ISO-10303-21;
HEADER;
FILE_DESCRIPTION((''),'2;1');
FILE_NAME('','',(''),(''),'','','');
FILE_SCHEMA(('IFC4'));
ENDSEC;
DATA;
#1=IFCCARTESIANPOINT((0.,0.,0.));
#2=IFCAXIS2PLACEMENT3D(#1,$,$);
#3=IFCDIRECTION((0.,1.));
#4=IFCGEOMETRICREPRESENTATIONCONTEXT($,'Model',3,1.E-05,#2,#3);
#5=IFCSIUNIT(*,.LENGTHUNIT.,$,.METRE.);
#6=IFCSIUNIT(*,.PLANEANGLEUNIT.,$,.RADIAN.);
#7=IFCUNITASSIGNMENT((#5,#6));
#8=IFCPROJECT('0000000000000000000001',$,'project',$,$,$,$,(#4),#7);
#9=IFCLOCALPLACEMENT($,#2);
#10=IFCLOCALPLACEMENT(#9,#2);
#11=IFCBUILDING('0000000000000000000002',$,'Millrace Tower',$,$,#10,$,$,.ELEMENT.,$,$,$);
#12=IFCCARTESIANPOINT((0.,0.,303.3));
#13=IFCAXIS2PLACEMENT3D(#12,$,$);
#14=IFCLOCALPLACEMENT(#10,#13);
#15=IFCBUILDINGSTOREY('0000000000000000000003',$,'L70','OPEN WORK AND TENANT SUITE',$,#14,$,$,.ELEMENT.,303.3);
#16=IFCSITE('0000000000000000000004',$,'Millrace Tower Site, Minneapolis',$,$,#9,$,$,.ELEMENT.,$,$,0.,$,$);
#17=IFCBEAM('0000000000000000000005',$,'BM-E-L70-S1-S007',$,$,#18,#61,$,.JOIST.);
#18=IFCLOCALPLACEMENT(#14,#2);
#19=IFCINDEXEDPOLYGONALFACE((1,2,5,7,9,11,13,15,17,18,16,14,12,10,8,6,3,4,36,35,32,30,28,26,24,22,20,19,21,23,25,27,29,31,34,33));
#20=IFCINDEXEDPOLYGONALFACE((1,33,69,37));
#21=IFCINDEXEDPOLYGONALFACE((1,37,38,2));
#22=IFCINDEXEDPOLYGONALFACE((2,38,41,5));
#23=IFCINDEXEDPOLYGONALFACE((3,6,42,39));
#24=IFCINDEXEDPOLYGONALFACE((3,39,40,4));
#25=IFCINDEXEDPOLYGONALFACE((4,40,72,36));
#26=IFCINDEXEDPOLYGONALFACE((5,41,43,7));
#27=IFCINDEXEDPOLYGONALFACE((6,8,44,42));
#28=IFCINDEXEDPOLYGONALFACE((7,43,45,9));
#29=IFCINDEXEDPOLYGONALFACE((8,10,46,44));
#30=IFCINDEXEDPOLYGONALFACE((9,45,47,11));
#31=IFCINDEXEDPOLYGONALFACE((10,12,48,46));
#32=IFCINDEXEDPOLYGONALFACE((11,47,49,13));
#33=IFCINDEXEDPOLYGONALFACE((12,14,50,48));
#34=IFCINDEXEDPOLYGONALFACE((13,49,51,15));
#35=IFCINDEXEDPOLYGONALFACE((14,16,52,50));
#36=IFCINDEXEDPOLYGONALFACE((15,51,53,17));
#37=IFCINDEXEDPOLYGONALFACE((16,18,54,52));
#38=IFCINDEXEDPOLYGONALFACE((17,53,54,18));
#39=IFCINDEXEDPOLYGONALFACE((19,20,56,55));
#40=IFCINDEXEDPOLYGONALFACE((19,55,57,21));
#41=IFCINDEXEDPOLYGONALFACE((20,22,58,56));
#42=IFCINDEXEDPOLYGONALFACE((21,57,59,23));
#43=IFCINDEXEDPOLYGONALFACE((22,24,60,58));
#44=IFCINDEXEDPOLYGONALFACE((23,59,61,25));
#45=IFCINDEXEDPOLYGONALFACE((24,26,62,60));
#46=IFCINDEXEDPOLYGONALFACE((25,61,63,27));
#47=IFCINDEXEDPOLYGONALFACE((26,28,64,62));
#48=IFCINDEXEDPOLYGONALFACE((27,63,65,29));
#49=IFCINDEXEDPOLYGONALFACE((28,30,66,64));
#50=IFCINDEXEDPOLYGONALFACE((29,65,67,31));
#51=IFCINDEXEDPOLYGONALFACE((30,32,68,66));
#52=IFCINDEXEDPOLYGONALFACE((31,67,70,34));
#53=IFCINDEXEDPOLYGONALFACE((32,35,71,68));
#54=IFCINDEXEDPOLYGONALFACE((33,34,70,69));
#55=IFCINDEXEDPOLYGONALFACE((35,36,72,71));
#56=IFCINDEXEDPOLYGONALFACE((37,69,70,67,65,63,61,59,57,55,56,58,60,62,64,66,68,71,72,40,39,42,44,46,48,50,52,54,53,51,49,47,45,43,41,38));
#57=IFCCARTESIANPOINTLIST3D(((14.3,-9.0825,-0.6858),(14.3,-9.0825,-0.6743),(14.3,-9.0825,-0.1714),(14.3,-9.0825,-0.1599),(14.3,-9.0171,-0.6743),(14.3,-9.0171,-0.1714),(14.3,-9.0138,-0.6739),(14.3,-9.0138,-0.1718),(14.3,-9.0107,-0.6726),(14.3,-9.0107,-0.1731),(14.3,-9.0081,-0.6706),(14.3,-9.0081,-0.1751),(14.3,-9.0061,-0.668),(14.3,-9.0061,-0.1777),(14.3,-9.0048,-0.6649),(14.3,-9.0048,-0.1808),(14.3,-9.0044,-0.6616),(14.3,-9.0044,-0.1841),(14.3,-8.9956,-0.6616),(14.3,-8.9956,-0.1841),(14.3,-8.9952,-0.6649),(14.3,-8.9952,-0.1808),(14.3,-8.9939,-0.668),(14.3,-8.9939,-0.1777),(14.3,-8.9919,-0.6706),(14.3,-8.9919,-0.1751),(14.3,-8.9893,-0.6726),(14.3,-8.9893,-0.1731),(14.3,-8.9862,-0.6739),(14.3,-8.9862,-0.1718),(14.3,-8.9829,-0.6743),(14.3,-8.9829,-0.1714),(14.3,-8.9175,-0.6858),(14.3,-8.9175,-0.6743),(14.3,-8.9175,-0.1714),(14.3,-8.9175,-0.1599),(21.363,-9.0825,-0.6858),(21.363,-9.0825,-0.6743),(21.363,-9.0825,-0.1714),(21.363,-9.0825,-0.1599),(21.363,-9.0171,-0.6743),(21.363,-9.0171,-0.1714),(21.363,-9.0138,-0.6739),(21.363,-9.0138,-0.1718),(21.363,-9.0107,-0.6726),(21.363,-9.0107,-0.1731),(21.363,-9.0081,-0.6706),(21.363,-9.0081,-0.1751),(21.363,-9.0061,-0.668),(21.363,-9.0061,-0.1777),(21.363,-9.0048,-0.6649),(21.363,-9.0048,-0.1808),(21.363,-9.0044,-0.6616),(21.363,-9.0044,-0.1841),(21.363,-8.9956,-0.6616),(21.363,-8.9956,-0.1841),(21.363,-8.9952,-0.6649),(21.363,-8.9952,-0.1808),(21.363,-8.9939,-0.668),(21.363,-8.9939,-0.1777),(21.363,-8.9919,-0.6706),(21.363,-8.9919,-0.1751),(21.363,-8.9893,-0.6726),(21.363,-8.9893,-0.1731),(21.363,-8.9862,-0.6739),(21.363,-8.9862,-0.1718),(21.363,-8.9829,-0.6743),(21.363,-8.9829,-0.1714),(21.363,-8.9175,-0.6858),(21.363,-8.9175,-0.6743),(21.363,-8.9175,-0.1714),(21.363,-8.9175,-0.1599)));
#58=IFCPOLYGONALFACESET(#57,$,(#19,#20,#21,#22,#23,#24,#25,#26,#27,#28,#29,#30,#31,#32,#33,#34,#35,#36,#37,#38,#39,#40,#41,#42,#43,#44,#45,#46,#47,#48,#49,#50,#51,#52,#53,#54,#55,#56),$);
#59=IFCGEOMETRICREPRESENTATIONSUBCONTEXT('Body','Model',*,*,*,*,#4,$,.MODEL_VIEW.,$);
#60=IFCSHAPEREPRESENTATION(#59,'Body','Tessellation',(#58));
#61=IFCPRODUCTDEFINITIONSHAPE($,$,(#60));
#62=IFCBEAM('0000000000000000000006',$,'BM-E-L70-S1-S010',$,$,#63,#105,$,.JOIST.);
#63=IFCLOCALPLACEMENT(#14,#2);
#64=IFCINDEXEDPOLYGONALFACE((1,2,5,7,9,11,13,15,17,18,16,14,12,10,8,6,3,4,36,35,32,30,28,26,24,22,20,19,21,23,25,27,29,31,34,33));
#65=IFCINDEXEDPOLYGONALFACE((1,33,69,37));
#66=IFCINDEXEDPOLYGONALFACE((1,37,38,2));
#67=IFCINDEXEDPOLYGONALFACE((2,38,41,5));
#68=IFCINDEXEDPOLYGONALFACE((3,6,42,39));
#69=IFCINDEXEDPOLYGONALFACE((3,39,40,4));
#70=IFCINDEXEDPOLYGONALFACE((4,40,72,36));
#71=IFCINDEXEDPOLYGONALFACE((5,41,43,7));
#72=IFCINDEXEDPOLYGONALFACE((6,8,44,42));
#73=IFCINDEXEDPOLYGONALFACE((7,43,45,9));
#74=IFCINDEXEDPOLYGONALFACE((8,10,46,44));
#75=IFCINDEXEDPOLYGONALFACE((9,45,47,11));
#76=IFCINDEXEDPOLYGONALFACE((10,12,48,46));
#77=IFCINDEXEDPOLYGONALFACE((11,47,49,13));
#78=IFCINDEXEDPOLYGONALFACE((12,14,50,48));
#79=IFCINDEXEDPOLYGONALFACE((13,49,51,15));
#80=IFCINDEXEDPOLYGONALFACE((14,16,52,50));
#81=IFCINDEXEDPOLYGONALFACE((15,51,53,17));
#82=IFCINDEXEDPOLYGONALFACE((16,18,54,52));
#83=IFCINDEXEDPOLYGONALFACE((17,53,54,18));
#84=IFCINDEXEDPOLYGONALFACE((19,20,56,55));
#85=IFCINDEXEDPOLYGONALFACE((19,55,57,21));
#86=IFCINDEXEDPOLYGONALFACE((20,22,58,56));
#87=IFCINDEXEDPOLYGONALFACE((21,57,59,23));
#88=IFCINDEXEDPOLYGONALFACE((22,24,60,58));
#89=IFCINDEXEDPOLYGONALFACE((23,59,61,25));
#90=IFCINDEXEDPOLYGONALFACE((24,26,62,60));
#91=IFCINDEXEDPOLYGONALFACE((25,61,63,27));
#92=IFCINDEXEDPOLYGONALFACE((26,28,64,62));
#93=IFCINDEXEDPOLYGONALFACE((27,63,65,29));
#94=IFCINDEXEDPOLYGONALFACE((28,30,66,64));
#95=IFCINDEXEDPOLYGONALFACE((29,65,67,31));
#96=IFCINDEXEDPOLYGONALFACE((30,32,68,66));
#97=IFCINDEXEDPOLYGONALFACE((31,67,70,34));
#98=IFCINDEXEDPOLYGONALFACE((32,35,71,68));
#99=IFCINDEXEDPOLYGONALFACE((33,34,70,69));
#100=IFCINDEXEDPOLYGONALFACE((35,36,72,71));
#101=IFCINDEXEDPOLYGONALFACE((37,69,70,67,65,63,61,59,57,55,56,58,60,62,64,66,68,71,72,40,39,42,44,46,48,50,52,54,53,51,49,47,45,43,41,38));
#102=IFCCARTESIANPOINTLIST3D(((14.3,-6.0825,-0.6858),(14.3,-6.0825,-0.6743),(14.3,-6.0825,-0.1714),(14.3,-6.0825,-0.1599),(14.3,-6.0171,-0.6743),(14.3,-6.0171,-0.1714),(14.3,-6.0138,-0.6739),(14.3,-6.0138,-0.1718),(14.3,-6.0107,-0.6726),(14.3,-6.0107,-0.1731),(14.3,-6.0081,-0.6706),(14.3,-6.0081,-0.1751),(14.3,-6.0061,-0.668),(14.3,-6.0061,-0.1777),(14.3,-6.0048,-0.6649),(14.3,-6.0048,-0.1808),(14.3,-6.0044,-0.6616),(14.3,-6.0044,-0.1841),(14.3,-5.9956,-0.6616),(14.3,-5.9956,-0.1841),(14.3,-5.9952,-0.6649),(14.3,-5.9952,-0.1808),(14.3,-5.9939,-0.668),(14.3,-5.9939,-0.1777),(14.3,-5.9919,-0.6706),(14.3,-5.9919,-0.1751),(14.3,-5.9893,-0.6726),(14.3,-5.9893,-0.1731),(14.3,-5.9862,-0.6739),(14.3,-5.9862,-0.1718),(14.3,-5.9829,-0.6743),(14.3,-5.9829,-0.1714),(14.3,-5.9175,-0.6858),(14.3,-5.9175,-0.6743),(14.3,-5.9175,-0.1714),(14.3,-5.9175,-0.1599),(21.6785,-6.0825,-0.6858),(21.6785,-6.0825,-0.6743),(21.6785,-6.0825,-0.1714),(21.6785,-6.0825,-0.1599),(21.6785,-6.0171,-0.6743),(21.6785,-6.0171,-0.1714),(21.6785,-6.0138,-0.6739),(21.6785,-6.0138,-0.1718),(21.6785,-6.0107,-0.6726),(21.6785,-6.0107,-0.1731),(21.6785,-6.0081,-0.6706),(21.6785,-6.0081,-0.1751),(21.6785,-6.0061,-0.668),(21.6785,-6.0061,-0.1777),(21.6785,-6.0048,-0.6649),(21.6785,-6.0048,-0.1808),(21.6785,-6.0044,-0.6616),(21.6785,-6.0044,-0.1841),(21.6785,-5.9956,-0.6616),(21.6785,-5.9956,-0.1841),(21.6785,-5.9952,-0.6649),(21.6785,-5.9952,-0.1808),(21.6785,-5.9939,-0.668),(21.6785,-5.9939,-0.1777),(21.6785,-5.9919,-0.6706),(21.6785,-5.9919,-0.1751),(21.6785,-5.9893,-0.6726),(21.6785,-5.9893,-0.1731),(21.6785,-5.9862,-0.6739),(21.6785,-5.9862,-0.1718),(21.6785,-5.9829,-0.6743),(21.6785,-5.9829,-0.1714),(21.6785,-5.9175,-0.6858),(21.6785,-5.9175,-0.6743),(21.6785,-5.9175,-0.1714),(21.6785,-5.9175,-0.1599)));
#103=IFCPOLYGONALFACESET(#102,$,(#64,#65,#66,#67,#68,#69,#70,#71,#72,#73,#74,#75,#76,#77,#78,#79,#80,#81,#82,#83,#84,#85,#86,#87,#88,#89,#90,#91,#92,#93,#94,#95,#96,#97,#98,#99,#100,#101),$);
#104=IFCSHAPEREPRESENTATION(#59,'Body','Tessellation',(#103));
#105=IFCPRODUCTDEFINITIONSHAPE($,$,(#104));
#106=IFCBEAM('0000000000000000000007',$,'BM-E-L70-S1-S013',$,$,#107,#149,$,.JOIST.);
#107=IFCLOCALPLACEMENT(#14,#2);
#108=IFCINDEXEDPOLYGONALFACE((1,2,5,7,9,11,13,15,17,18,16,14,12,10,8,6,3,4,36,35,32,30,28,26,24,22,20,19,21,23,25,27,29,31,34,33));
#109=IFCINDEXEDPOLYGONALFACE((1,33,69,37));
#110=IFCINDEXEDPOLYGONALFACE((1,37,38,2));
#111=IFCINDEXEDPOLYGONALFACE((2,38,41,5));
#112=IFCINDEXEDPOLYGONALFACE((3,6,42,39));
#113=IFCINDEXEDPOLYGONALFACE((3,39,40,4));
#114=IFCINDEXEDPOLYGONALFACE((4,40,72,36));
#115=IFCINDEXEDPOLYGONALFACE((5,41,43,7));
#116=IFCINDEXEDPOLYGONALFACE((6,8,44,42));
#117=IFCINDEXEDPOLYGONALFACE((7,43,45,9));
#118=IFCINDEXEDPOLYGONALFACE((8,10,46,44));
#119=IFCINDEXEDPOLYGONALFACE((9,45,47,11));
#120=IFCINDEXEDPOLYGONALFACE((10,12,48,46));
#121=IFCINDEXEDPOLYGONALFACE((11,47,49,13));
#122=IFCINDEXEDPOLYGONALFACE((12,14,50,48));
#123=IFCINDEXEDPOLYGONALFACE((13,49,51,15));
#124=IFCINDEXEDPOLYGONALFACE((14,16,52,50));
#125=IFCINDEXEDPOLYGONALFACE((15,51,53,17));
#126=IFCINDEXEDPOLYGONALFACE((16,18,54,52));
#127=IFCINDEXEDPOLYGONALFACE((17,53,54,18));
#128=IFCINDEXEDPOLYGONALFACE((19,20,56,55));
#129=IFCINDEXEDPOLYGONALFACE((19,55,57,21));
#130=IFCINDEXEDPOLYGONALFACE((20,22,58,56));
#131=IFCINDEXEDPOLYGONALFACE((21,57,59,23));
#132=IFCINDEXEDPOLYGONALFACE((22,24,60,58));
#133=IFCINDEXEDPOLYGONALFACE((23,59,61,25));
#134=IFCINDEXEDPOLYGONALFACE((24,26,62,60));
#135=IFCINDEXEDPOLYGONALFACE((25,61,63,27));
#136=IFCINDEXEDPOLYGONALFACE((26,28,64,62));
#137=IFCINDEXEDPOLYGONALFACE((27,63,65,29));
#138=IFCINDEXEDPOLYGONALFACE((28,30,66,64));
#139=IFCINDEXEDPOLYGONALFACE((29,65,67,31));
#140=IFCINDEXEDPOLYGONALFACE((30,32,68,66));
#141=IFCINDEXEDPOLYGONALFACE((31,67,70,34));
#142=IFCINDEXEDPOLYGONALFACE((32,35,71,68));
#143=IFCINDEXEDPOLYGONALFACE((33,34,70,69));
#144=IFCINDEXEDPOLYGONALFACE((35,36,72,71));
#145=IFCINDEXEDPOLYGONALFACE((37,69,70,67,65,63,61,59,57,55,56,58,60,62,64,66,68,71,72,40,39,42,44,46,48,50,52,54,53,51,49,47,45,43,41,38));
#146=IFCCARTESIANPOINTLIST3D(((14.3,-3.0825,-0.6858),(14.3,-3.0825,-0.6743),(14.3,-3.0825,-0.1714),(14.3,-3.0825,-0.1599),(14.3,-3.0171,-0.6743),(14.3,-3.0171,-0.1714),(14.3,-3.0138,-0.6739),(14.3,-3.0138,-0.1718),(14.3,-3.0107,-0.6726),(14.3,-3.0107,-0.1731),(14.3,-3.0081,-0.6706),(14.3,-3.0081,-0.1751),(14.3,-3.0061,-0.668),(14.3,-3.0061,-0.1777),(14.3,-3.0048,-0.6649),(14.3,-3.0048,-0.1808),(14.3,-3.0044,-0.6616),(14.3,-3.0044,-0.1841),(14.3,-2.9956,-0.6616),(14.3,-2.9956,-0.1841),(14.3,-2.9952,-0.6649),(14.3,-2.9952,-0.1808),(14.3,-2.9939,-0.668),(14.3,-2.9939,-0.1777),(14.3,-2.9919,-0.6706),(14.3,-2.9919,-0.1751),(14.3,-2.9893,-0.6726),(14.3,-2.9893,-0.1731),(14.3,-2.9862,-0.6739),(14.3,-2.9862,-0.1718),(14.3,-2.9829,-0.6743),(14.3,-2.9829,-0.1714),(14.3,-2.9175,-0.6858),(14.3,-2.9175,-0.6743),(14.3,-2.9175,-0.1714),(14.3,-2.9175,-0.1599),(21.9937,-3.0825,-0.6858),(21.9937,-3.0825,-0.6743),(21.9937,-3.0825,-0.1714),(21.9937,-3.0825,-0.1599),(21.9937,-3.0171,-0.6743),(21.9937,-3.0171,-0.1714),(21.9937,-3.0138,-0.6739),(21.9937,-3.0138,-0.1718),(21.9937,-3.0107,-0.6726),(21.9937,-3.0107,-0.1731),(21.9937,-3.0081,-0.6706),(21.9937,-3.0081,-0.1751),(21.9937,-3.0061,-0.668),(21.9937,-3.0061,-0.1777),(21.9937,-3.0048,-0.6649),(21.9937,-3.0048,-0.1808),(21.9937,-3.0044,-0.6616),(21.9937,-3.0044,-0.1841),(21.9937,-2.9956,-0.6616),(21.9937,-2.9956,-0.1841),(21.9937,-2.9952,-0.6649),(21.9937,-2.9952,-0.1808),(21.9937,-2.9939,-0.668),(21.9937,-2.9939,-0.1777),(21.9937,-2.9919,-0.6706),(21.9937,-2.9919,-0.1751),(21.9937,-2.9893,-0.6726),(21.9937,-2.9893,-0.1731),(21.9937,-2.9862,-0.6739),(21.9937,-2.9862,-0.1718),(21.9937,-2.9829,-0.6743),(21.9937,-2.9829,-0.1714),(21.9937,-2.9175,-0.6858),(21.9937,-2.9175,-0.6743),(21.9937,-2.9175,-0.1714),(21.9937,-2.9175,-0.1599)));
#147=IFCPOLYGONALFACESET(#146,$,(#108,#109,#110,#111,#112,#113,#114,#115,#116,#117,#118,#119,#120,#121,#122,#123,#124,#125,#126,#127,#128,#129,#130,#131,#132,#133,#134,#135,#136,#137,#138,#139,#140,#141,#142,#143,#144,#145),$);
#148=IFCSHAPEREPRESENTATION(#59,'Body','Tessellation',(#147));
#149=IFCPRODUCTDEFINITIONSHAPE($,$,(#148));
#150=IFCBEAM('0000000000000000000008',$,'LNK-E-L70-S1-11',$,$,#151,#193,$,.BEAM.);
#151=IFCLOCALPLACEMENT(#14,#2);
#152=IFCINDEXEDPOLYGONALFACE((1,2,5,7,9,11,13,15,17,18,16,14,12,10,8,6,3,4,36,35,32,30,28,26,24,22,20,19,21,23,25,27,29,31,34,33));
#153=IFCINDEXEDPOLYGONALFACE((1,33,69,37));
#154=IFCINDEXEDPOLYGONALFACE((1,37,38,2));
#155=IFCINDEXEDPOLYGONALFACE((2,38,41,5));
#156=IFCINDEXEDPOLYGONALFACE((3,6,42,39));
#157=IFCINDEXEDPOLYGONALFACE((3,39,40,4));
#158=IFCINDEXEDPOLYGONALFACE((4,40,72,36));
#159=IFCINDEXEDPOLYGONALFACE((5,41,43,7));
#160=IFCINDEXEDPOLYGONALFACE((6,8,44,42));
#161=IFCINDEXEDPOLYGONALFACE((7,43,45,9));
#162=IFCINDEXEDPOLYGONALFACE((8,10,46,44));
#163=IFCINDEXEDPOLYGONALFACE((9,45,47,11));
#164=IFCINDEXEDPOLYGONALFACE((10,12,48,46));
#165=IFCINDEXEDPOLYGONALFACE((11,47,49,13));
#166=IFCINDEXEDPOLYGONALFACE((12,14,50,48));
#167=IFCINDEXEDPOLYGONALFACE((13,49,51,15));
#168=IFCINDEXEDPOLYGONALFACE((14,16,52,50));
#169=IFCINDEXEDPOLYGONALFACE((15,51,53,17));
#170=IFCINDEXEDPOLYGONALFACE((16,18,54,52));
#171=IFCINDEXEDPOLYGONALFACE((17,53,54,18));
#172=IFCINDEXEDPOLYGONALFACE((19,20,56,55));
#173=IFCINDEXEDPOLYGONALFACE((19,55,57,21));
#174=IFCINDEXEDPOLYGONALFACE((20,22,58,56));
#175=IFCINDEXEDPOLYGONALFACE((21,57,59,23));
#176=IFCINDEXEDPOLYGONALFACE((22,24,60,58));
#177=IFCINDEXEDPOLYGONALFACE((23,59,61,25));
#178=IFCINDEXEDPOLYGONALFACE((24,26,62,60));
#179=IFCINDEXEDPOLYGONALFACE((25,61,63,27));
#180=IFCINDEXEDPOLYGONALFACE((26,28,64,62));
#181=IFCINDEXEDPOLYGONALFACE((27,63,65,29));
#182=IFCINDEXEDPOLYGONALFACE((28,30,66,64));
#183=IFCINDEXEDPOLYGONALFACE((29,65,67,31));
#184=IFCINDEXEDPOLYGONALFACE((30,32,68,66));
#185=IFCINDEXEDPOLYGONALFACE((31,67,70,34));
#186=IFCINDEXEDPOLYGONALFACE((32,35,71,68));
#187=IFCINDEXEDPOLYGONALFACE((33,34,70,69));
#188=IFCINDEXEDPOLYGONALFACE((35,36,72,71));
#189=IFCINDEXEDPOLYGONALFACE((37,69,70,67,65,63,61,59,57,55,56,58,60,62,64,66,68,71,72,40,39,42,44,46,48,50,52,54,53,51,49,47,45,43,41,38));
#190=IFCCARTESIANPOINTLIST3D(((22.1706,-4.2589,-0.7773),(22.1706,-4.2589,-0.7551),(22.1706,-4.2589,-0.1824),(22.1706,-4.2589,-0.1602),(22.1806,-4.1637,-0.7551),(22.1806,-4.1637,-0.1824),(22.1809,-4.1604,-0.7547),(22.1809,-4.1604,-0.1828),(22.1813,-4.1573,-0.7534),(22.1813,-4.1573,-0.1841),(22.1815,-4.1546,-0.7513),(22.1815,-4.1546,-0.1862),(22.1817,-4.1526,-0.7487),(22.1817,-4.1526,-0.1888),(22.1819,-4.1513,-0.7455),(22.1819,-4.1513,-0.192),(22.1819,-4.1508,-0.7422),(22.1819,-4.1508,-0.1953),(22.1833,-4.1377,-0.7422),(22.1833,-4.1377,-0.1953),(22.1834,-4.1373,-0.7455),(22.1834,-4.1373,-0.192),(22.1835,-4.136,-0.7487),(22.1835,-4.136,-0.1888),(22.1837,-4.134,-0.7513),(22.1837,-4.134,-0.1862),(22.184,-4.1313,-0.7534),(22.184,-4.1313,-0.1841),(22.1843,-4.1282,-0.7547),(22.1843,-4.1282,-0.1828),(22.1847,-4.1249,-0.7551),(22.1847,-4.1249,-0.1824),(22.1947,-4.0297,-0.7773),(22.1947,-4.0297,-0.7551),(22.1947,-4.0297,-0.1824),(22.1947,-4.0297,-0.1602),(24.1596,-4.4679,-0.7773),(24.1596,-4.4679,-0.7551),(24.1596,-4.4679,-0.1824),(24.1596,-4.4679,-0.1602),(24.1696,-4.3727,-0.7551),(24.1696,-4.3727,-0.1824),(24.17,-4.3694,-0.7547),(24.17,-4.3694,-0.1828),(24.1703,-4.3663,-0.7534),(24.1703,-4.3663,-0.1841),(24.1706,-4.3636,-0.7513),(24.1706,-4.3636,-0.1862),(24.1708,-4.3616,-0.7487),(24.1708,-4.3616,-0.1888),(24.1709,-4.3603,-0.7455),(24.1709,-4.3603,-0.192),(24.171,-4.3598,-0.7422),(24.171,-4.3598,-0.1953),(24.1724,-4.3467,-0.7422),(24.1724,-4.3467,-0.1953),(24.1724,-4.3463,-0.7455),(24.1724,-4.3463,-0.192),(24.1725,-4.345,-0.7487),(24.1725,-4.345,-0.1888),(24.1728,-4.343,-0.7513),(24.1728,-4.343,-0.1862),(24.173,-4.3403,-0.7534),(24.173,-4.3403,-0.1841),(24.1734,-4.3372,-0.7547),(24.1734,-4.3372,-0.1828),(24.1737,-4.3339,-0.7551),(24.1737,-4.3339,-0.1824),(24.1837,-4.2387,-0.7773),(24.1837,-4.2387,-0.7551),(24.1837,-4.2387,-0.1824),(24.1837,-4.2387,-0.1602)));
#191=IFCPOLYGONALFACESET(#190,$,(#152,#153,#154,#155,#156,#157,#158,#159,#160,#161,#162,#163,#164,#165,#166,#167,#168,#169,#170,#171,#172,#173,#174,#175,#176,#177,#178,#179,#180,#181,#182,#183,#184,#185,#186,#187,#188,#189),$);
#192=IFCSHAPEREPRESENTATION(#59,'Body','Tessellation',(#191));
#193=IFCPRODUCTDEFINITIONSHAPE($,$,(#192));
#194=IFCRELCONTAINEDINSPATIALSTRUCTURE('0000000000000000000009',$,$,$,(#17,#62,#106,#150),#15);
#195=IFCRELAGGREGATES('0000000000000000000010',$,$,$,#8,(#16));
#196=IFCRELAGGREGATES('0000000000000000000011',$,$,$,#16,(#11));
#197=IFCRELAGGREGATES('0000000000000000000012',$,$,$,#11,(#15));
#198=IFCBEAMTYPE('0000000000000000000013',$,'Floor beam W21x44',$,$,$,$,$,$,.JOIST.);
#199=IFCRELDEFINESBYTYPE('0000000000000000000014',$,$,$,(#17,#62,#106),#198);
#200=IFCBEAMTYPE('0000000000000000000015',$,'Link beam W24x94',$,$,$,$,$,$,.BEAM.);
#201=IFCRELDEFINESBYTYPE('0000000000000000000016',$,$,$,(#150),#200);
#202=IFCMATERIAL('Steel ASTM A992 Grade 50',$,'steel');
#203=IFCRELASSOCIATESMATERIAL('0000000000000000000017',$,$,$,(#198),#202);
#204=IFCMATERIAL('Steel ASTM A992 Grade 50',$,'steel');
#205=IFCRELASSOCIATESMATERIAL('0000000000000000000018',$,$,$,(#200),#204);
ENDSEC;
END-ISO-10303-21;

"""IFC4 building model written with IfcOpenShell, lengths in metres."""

from ifc_helpers import new_model, si_unit, direction, frame, origin, origin_2d, place, context, subcontext, project, spatial, i_section, extrude, material, material_profile, profile_set, type_object, element, save


model = new_model("IFC4")

# Units and contexts
model_context = context("Model", 3, precision=1e-05, world=origin(), true_north=direction((0.0, 1.0)))
body_context = subcontext(model_context, "Body", "Model", "MODEL_VIEW")
ifc_project = project(units=[si_unit("LENGTHUNIT", "METRE"), si_unit("PLANEANGLEUNIT", "RADIAN")], contexts=[model_context])

# Site, building, storey
site_placement = place(None, origin())
site = spatial("IfcSite", under=ifc_project, at=site_placement, Name="Millrace Tower Site, Minneapolis", CompositionType="ELEMENT", RefElevation=0.0)
building_placement = place(site_placement, origin())
building = spatial("IfcBuilding", under=site, at=building_placement, Name="Millrace Tower", CompositionType="ELEMENT")
storey_placement = place(building_placement, frame((0.0, 0.0, 303.3)))
storey = spatial("IfcBuildingStorey", under=building, at=storey_placement, Name="L70", Description="OPEN WORK AND TENANT SUITE", CompositionType="ELEMENT", Elevation=303.3)

# Beams
ifc_material_1 = material(Name="Steel ASTM A992 Grade 50", Category="steel")
ifc_material_profile_1 = material_profile(ifc_material_1, i_section(OverallWidth=0.165, OverallDepth=0.5259, WebThickness=0.0088, FlangeThickness=0.0115, FilletRadius=0.0127, at=origin_2d()))
ifc_profile_set_1 = profile_set([ifc_material_profile_1], Name="Steel ASTM A992 Grade 50")
beam_type_1 = type_object("IfcBeamType", Name="Floor beam W21x44", PredefinedType="JOIST", material=ifc_profile_set_1)
beam_1_placement = place(storey_placement, frame((14.3, -9.0, -0.4229), z_axis=(1.0, 0.0, 0.0), x_axis=(0.0, 1.0, 0.0)))
element("IfcBeam", 1, at=beam_1_placement, inside=storey, type_object=beam_type_1, Name="BM-E-L70-S1-S007", PredefinedType="JOIST", context=body_context, shape_type="SweptSolid", body=[
    extrude(i_section(OverallWidth=0.165, OverallDepth=0.5259, WebThickness=0.0088, FlangeThickness=0.0115, FilletRadius=0.0127, at=origin_2d()), origin(), (0.0, 0.0, 1.0), 7.063),
])
beam_2_placement = place(storey_placement, frame((14.3, -6.0, -0.4229), z_axis=(1.0, 0.0, 0.0), x_axis=(0.0, 1.0, 0.0)))
element("IfcBeam", 2, at=beam_2_placement, inside=storey, type_object=beam_type_1, Name="BM-E-L70-S1-S010", PredefinedType="JOIST", context=body_context, shape_type="SweptSolid", body=[
    extrude(i_section(OverallWidth=0.165, OverallDepth=0.5259, WebThickness=0.0088, FlangeThickness=0.0115, FilletRadius=0.0127, at=origin_2d()), origin(), (0.0, 0.0, 1.0), 7.3784),
])
beam_3_placement = place(storey_placement, frame((14.3, -3.0, -0.4229), z_axis=(1.0, 0.0, 0.0), x_axis=(0.0, 1.0, 0.0)))
element("IfcBeam", 3, at=beam_3_placement, inside=storey, type_object=beam_type_1, Name="BM-E-L70-S1-S013", PredefinedType="JOIST", context=body_context, shape_type="SweptSolid", body=[
    extrude(i_section(OverallWidth=0.165, OverallDepth=0.5259, WebThickness=0.0088, FlangeThickness=0.0115, FilletRadius=0.0127, at=origin_2d()), origin(), (0.0, 0.0, 1.0), 7.6936),
])
ifc_material_2 = material(Name="Steel ASTM A992 Grade 50", Category="steel")
ifc_material_profile_2 = material_profile(ifc_material_2, i_section(OverallWidth=0.2305, OverallDepth=0.6172, WebThickness=0.0132, FlangeThickness=0.0222, FilletRadius=0.0129, at=origin_2d()))
ifc_profile_set_2 = profile_set([ifc_material_profile_2], Name="Steel ASTM A992 Grade 50")
beam_type_2 = type_object("IfcBeamType", Name="Link beam W24x94", PredefinedType="BEAM", material=ifc_profile_set_2)
beam_4_placement = place(storey_placement, frame((22.1826, -4.1443, -0.4688), z_axis=(0.994526, -0.104494, 0.0), x_axis=(0.104494, 0.994526, 0.0)))
element("IfcBeam", 4, at=beam_4_placement, inside=storey, type_object=beam_type_2, Name="LNK-E-L70-S1-11", PredefinedType="BEAM", context=body_context, shape_type="SweptSolid", body=[
    extrude(i_section(OverallWidth=0.2305, OverallDepth=0.6172, WebThickness=0.0132, FlangeThickness=0.0222, FilletRadius=0.0129, at=origin_2d()), origin(), (0.0, 0.0, 1.0), 2.0),
])

save(model, "model.ifc")
